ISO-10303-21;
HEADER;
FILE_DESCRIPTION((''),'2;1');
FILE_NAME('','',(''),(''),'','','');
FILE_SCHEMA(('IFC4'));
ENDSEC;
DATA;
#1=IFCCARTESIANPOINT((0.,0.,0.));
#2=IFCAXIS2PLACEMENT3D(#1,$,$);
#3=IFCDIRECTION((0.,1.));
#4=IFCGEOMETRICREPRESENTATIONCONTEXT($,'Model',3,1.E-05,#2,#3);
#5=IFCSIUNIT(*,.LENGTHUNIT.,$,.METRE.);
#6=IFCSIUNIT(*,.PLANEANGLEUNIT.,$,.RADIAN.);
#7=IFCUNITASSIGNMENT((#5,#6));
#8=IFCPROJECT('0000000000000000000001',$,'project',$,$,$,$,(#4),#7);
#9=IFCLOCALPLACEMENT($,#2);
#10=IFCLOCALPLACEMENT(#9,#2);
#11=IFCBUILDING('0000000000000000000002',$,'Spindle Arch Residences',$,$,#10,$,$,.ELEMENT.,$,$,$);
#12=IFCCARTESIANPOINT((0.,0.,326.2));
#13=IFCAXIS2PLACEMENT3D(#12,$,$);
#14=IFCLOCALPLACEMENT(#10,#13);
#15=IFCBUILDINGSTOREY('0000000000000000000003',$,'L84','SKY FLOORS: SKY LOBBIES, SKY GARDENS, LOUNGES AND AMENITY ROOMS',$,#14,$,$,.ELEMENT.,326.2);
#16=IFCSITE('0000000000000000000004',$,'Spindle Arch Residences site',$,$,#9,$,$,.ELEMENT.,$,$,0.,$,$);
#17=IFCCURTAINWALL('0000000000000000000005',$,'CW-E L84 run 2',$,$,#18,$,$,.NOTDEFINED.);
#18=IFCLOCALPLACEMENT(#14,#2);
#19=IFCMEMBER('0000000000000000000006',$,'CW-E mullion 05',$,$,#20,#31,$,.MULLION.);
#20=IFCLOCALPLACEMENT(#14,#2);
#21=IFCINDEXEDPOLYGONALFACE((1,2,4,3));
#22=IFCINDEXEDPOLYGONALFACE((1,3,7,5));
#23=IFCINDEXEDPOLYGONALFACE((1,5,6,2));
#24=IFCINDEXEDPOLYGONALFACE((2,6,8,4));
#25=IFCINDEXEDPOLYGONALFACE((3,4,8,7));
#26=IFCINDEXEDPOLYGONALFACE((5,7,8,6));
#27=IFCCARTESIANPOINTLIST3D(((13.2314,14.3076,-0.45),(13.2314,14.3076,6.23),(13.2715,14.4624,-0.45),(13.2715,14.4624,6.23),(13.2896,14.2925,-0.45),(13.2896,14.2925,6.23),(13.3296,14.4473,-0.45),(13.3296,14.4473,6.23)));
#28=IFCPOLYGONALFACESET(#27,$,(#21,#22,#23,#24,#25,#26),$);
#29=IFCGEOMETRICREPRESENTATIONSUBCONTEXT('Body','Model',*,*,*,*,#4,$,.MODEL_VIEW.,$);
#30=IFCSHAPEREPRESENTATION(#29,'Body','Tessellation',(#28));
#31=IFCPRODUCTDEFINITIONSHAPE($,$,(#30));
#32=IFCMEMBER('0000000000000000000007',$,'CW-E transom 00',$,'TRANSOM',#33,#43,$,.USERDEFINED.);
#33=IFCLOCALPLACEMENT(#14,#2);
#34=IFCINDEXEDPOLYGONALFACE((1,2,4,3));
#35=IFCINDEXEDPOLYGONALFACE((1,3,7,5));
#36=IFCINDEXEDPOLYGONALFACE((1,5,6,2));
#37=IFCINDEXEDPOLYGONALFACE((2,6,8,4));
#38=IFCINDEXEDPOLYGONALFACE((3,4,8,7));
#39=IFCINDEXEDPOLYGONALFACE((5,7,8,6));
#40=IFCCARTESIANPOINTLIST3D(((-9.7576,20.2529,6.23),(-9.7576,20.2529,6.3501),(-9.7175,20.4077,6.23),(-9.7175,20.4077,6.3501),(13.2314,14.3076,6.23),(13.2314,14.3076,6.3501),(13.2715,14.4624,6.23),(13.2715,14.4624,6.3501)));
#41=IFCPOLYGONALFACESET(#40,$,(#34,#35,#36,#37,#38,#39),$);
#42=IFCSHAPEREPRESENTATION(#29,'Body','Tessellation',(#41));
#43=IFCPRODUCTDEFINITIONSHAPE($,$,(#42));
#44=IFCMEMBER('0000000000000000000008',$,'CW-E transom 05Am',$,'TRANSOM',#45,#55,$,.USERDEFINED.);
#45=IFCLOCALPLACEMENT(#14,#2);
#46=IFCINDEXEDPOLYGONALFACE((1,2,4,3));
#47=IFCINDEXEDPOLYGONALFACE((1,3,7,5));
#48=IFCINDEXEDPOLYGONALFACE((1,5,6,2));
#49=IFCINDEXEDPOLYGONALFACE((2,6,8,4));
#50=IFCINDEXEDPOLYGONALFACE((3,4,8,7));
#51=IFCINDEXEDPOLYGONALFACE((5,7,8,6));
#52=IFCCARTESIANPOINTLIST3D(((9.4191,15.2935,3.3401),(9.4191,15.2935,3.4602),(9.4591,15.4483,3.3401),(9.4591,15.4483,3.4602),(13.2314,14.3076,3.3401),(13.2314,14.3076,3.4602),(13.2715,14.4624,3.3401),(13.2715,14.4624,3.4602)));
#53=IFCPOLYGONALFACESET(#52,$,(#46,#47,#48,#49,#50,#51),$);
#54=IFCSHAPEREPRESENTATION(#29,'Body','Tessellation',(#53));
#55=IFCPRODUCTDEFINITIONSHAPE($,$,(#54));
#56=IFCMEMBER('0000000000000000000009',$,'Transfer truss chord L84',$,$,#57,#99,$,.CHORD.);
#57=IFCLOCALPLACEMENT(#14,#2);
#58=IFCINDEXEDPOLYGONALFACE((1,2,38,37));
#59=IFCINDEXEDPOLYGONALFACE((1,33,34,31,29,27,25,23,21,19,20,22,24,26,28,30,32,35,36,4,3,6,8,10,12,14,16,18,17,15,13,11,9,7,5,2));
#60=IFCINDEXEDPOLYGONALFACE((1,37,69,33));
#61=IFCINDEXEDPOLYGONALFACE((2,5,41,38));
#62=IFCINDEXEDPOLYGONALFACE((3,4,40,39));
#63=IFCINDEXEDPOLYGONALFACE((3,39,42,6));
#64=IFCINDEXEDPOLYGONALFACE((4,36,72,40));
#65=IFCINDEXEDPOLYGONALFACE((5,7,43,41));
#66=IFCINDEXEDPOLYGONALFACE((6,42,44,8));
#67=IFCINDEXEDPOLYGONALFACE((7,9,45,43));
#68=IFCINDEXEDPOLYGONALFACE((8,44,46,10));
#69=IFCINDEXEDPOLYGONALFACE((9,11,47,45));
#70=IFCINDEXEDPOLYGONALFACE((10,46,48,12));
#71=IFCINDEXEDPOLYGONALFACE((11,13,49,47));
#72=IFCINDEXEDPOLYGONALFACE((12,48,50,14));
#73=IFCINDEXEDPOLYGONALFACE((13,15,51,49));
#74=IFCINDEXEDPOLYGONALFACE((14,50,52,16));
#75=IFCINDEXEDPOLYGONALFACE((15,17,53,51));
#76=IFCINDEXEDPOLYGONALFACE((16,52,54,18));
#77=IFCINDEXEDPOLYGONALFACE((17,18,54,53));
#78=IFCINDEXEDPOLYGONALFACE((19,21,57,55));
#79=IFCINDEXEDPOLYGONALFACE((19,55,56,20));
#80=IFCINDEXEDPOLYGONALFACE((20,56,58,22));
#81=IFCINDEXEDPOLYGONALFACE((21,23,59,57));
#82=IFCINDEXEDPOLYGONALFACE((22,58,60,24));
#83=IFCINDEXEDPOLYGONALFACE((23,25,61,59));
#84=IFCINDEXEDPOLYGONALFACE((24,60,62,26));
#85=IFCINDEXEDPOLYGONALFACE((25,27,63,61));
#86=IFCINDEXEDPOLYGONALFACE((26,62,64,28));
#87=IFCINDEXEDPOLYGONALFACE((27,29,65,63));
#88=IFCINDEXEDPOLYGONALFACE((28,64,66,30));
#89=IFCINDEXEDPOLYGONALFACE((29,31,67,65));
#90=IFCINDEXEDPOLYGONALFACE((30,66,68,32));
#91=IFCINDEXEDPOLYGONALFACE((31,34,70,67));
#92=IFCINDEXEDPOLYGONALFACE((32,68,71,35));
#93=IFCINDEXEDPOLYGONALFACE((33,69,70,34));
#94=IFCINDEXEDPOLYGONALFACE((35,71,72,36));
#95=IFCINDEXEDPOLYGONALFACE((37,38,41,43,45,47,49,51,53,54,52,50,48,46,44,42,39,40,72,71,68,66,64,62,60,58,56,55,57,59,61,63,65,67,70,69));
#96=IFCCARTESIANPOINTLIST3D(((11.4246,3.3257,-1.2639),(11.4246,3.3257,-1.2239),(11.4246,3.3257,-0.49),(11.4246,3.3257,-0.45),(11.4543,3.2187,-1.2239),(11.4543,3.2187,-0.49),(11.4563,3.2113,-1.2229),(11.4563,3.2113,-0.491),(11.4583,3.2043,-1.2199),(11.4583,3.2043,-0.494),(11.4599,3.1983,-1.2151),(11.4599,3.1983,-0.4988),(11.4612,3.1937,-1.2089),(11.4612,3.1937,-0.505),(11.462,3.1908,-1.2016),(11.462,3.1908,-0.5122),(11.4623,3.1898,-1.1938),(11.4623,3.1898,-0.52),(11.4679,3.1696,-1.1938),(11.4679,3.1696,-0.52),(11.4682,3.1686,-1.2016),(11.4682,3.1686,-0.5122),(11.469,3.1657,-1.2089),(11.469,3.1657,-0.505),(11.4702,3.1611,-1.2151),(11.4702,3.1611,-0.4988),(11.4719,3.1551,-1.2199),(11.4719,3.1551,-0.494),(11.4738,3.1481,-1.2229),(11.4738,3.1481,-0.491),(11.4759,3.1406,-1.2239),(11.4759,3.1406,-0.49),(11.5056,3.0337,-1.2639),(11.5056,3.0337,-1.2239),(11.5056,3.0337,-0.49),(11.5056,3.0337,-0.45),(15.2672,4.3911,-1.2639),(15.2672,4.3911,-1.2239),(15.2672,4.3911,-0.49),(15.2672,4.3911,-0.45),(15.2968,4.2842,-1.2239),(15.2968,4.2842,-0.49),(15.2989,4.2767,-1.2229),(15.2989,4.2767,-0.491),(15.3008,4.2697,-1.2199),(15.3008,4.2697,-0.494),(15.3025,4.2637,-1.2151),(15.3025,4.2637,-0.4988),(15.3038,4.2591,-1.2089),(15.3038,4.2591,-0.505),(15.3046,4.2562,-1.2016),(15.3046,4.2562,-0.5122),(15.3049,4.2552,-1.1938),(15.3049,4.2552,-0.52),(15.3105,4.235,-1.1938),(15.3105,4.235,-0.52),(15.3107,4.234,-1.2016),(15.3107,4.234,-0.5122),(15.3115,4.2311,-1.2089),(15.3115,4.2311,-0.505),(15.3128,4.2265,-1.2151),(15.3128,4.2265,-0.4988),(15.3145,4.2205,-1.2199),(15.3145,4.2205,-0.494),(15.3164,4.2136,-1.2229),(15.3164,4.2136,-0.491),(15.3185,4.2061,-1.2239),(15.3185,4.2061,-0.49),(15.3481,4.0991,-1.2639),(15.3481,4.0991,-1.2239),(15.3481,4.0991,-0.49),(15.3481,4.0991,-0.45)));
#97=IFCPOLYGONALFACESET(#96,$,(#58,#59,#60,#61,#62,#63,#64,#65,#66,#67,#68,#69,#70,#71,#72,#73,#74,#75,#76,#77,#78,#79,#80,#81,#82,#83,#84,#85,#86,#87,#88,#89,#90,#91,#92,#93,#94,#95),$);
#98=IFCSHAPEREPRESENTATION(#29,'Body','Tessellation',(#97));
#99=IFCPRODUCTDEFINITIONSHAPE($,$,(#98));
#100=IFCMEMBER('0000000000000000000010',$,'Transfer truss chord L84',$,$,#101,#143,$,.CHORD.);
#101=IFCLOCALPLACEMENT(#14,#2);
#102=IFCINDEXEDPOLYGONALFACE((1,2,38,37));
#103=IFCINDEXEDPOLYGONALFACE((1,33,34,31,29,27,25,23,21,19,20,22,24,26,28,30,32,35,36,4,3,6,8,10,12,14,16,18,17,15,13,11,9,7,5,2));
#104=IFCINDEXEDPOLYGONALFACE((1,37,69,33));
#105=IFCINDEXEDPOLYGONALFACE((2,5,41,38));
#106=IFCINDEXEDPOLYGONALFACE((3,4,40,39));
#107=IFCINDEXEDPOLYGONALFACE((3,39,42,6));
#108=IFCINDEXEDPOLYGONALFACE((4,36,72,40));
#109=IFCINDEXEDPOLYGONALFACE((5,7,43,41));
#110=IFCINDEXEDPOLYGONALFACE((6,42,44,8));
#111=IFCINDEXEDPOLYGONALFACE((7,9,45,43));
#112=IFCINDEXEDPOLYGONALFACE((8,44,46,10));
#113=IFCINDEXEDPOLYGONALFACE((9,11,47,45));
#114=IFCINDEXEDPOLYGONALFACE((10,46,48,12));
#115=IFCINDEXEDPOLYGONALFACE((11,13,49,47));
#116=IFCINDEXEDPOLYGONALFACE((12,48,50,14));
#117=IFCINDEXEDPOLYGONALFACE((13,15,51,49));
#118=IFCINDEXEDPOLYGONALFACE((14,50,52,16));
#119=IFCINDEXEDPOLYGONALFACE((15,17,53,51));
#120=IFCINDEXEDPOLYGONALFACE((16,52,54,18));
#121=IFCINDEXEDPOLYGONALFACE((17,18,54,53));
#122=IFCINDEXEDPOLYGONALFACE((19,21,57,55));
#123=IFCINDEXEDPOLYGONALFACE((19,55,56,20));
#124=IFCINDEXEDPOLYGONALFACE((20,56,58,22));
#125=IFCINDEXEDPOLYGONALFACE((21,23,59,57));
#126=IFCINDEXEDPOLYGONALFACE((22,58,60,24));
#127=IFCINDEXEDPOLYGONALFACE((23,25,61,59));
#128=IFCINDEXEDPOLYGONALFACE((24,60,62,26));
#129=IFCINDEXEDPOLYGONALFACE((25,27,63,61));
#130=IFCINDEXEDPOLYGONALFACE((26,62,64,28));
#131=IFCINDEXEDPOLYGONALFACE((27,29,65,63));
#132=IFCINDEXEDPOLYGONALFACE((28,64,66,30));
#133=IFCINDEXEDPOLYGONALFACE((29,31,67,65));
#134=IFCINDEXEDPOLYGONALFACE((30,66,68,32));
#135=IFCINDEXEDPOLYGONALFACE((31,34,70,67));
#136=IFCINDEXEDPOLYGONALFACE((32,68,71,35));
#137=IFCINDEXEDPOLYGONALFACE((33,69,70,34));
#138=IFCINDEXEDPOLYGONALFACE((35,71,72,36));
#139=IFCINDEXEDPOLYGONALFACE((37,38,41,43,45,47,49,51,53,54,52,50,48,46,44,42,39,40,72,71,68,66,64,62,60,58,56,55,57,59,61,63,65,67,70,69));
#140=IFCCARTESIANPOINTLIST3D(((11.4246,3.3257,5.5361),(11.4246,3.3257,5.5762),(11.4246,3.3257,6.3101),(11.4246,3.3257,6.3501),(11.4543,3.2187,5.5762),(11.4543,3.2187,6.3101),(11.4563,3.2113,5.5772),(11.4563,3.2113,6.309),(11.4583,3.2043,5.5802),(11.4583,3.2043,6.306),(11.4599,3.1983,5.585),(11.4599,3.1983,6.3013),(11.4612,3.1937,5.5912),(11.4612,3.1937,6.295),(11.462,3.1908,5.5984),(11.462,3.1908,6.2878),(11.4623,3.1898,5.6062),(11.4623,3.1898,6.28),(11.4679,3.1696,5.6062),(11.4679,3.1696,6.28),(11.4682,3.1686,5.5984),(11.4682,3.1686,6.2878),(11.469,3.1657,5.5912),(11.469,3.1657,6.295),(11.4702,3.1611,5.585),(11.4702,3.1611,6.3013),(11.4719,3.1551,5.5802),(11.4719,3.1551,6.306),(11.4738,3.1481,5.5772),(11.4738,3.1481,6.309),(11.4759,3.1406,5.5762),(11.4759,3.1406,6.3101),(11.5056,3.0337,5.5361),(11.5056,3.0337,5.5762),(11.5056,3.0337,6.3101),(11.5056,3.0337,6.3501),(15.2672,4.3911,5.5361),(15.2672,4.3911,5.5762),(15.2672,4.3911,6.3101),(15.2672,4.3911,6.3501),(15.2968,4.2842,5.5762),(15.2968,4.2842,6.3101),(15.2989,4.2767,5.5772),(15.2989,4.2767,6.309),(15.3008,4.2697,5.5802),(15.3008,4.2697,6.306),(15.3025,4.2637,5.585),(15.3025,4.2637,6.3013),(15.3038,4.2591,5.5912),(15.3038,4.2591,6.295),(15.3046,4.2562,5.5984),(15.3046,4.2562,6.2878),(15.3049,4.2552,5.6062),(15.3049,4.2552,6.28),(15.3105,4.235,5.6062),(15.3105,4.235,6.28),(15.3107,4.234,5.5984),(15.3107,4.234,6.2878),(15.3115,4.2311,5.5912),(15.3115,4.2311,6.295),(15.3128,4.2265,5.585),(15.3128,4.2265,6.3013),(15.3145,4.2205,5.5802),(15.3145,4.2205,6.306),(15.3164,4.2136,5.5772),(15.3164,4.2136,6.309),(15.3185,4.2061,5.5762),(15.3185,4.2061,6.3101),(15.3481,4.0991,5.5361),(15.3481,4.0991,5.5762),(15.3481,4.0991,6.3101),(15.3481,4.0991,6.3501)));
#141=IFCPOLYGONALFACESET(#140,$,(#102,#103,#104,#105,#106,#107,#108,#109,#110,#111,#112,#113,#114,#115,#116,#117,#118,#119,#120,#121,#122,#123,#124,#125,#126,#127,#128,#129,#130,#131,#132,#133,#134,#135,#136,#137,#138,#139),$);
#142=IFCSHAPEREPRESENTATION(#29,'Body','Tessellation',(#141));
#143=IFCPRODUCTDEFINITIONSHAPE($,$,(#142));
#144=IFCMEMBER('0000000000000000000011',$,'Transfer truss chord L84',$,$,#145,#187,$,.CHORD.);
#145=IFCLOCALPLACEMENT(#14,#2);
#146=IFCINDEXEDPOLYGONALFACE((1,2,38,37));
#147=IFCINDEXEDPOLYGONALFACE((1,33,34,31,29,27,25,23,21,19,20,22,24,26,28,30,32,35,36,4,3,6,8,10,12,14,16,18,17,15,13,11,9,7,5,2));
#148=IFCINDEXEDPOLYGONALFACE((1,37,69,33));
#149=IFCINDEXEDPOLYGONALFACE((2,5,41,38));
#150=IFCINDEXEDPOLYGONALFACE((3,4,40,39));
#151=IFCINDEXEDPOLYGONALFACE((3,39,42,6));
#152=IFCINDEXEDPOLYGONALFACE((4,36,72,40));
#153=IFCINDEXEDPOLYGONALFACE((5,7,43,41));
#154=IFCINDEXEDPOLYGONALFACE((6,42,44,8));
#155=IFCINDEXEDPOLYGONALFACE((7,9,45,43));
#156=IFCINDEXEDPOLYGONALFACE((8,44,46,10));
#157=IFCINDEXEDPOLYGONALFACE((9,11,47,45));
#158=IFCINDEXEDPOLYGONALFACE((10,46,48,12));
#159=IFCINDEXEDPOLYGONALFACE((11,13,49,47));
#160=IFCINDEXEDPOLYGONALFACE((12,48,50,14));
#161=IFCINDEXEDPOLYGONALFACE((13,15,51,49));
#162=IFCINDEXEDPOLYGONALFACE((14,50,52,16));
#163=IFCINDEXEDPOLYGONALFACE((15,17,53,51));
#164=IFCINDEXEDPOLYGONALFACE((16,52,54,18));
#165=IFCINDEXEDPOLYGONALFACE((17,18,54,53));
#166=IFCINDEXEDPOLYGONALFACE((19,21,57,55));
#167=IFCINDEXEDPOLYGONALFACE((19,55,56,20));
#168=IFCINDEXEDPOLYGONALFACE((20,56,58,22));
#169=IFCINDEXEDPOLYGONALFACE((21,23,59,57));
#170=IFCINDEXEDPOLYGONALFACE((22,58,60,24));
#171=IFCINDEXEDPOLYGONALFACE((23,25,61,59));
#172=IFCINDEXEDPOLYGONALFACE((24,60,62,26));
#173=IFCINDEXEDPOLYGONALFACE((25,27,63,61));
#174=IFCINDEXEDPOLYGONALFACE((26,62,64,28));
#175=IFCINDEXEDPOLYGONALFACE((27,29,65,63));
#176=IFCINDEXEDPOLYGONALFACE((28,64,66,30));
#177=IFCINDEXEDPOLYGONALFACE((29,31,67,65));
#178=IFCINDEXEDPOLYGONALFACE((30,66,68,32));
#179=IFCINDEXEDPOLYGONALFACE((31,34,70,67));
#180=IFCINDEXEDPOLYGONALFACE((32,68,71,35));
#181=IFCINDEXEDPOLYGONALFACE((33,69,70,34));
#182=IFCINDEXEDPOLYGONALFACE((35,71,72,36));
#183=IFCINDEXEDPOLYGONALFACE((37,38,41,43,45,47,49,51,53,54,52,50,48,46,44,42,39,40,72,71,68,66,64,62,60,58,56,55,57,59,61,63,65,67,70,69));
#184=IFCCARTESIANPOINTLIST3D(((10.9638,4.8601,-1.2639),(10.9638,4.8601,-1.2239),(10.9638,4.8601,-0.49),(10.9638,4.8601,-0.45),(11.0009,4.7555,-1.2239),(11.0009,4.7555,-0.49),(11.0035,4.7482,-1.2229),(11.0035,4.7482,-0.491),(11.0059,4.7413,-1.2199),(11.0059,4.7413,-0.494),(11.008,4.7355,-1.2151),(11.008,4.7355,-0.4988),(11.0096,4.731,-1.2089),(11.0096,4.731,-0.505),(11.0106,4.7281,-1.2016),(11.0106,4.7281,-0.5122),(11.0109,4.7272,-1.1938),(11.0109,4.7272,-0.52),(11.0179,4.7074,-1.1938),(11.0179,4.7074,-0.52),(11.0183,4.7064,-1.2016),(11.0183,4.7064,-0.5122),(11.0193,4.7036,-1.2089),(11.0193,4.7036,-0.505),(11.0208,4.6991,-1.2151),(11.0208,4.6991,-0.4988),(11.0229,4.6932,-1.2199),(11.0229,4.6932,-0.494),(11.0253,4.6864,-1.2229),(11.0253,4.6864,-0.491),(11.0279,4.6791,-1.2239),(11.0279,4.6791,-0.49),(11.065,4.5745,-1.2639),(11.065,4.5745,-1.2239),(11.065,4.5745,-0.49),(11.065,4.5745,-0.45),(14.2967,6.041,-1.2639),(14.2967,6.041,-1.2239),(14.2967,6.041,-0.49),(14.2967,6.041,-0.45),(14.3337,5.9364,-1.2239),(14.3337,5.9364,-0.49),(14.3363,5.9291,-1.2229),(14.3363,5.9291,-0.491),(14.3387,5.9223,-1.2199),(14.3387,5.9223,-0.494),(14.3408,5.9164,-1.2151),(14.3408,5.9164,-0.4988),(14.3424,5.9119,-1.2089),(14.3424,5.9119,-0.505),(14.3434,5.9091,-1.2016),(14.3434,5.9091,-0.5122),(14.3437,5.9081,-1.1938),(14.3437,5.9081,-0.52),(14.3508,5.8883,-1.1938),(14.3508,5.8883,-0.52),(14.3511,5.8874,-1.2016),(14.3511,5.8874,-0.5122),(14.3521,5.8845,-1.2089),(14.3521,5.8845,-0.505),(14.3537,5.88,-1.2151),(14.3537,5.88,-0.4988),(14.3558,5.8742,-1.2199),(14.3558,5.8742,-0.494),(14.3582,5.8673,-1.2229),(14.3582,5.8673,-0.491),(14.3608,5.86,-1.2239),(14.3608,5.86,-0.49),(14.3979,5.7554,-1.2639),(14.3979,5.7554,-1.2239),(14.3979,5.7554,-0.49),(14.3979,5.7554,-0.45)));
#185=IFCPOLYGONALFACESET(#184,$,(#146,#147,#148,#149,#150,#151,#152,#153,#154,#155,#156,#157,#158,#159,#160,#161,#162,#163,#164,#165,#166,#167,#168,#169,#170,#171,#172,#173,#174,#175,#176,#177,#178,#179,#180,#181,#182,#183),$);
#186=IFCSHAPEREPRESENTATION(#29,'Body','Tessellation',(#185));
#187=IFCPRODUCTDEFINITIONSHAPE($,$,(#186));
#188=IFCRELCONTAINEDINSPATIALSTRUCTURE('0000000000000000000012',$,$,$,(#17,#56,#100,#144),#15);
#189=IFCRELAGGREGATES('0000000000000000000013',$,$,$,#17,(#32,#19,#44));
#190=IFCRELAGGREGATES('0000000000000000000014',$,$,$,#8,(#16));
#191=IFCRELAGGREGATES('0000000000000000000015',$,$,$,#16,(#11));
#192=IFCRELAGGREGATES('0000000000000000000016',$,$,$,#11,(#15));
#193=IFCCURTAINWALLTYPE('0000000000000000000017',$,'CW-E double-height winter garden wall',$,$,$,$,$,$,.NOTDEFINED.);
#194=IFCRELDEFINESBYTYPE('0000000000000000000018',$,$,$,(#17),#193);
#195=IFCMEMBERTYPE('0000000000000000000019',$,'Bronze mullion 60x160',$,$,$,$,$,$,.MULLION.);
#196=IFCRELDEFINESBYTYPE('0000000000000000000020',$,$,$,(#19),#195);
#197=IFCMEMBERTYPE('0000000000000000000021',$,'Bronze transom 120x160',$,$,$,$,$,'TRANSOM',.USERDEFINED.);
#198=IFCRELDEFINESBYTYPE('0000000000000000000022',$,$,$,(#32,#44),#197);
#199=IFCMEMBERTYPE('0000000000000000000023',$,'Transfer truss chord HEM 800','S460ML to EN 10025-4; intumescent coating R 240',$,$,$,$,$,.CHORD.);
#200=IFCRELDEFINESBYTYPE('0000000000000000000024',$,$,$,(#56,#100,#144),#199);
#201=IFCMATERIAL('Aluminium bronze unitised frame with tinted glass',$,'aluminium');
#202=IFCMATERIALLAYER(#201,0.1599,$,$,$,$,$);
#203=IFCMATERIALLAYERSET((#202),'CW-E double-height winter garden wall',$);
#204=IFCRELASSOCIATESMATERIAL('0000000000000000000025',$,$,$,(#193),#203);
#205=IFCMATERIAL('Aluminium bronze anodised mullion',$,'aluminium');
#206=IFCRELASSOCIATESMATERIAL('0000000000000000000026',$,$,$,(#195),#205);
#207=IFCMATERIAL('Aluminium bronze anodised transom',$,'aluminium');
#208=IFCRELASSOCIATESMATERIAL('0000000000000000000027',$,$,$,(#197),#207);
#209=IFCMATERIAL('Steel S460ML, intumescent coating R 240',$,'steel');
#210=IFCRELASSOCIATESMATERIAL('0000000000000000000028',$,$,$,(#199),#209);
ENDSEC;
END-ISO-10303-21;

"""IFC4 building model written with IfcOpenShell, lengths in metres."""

from ifc_helpers import new_model, si_unit, direction, frame, origin, origin_2d, place, context, subcontext, project, spatial, rectangle, i_section, extrude, material, layer, layer_set, material_profile, profile_set, type_object, element, aggregate, save


model = new_model("IFC4")

# Units and contexts
model_context = context("Model", 3, precision=1e-05, world=origin(), true_north=direction((0.0, 1.0)))
body_context = subcontext(model_context, "Body", "Model", "MODEL_VIEW")
ifc_project = project(units=[si_unit("LENGTHUNIT", "METRE"), si_unit("PLANEANGLEUNIT", "RADIAN")], contexts=[model_context])

# Site, building, storey
site_placement = place(None, origin())
site = spatial("IfcSite", under=ifc_project, at=site_placement, Name="Spindle Arch Residences site", CompositionType="ELEMENT", RefElevation=0.0)
building_placement = place(site_placement, origin())
building = spatial("IfcBuilding", under=site, at=building_placement, Name="Spindle Arch Residences", CompositionType="ELEMENT")
storey_placement = place(building_placement, frame((0.0, 0.0, 326.2)))
storey = spatial("IfcBuildingStorey", under=building, at=storey_placement, Name="L84", Description="SKY FLOORS: SKY LOBBIES, SKY GARDENS, LOUNGES AND AMENITY ROOMS", CompositionType="ELEMENT", Elevation=326.2)

# Curtain wall, members
ifc_material_1 = material(Name="Aluminium bronze unitised frame with tinted glass", Category="aluminium")
ifc_layer_1 = layer(ifc_material_1, 0.1599)
ifc_layer_set_1 = layer_set([ifc_layer_1], Name="CW-E double-height winter garden wall")
curtain_wall_type = type_object("IfcCurtainWallType", Name="CW-E double-height winter garden wall", PredefinedType="NOTDEFINED", material=ifc_layer_set_1)
curtain_wall_placement = place(storey_placement, origin())
curtain_wall = element("IfcCurtainWall", 1, at=curtain_wall_placement, inside=storey, type_object=curtain_wall_type, Name="CW-E L84 run 2", PredefinedType="NOTDEFINED")
ifc_material_2 = material(Name="Aluminium bronze anodised mullion", Category="aluminium")
ifc_material_profile_1 = material_profile(ifc_material_2, rectangle(XDim=0.1599, YDim=0.0601, at=origin_2d()), Name="MU 60x160")
ifc_profile_set_1 = profile_set([ifc_material_profile_1], Name="Aluminium bronze anodised mullion")
member_type_1 = type_object("IfcMemberType", Name="Bronze mullion 60x160", PredefinedType="MULLION", material=ifc_profile_set_1)
member_1_placement = place(storey_placement, frame((13.2805, 14.3774, -0.45), z_axis=(0.0, 0.0, 1.0), x_axis=(-0.25038, -0.968148, 0.0)))
member_1 = element("IfcMember", 2, at=member_1_placement, type_object=member_type_1, Name="CW-E mullion 05", PredefinedType="MULLION", context=body_context, shape_type="SweptSolid", body=[
    extrude(rectangle(XDim=0.1599, YDim=0.0601, at=origin_2d()), origin(), (0.0, 0.0, 1.0), 6.6799),
])
ifc_material_3 = material(Name="Aluminium bronze anodised transom", Category="aluminium")
ifc_material_profile_2 = material_profile(ifc_material_3, rectangle(XDim=0.1599, YDim=0.1201, at=origin_2d()), Name="TR 120x160")
ifc_profile_set_2 = profile_set([ifc_material_profile_2], Name="Aluminium bronze anodised transom")
member_type_2 = type_object("IfcMemberType", Name="Bronze transom 120x160", ElementType="TRANSOM", PredefinedType="USERDEFINED", material=ifc_profile_set_2)
member_2_placement = place(storey_placement, frame((13.2515, 14.385, 6.29), z_axis=(-0.968148, 0.250378, 0.0), x_axis=(-0.250378, -0.968148, 0.0)))
member_2 = element("IfcMember", 3, at=member_2_placement, type_object=member_type_2, Name="CW-E transom 00", ObjectType="TRANSOM", PredefinedType="USERDEFINED", context=body_context, shape_type="SweptSolid", body=[
    extrude(rectangle(XDim=0.1599, YDim=0.1201, at=origin_2d()), origin(), (0.0, 0.0, 1.0), 23.7454),
])
member_3_placement = place(storey_placement, frame((13.2515, 14.385, 3.4001), z_axis=(-0.968152, 0.250362, 0.0), x_axis=(-0.250362, -0.968152, 0.0)))
member_3 = element("IfcMember", 4, at=member_3_placement, type_object=member_type_2, Name="CW-E transom 05Am", ObjectType="TRANSOM", PredefinedType="USERDEFINED", context=body_context, shape_type="SweptSolid", body=[
    extrude(rectangle(XDim=0.1599, YDim=0.1201, at=origin_2d()), origin(), (0.0, 0.0, 1.0), 3.9377),
])
aggregate(curtain_wall, [member_2, member_1, member_3])

# Members
ifc_material_4 = material(Name="Steel S460ML, intumescent coating R 240", Category="steel")
ifc_material_profile_3 = material_profile(ifc_material_4, i_section(OverallWidth=0.303, OverallDepth=0.814, WebThickness=0.021, FlangeThickness=0.04, FilletRadius=0.03, at=origin_2d()), Name="HEM 800")
ifc_profile_set_3 = profile_set([ifc_material_profile_3], Name="Steel S460ML, intumescent coating R 240")
member_type_3 = type_object("IfcMemberType", Name="Transfer truss chord HEM 800", Description="S460ML to EN 10025-4; intumescent coating R 240", PredefinedType="CHORD", material=ifc_profile_set_3)
for number, where, z_axis, x_axis, name in (
    (5, (11.4651, 3.1797, -0.8569), (0.963643, 0.267192, 0.0), (-0.267192, 0.963643, 0.0), "Transfer truss chord L84"),
    (6, (11.4651, 3.1797, 5.9431), (0.963643, 0.267192, 0.0), (-0.267192, 0.963643, 0.0), "Transfer truss chord L84"),
):
    element("IfcMember", number, at=place(storey_placement, frame(where, z_axis=z_axis, x_axis=x_axis)), inside=storey, type_object=member_type_3, Name=name, PredefinedType="CHORD", context=body_context, shape_type="SweptSolid", body=[
        extrude(i_section(OverallWidth=0.303, OverallDepth=0.814, WebThickness=0.021, FlangeThickness=0.04, FilletRadius=0.03, at=origin_2d()), origin(), (0.0, 0.0, 1.0), 3.9875),
    ])
for number, where, z_axis, x_axis, name in (
    (7, (11.0144, 4.7173, -0.8569), (0.942578, 0.333986, 0.0), (-0.333986, 0.942578, 0.0), "Transfer truss chord L84"),
):
    element("IfcMember", number, at=place(storey_placement, frame(where, z_axis=z_axis, x_axis=x_axis)), inside=storey, type_object=member_type_3, Name=name, PredefinedType="CHORD", context=body_context, shape_type="SweptSolid", body=[
        extrude(i_section(OverallWidth=0.303, OverallDepth=0.814, WebThickness=0.021, FlangeThickness=0.04, FilletRadius=0.03, at=origin_2d()), origin(), (0.0, 0.0, 1.0), 3.5359),
    ])

save(model, "model.ifc")
